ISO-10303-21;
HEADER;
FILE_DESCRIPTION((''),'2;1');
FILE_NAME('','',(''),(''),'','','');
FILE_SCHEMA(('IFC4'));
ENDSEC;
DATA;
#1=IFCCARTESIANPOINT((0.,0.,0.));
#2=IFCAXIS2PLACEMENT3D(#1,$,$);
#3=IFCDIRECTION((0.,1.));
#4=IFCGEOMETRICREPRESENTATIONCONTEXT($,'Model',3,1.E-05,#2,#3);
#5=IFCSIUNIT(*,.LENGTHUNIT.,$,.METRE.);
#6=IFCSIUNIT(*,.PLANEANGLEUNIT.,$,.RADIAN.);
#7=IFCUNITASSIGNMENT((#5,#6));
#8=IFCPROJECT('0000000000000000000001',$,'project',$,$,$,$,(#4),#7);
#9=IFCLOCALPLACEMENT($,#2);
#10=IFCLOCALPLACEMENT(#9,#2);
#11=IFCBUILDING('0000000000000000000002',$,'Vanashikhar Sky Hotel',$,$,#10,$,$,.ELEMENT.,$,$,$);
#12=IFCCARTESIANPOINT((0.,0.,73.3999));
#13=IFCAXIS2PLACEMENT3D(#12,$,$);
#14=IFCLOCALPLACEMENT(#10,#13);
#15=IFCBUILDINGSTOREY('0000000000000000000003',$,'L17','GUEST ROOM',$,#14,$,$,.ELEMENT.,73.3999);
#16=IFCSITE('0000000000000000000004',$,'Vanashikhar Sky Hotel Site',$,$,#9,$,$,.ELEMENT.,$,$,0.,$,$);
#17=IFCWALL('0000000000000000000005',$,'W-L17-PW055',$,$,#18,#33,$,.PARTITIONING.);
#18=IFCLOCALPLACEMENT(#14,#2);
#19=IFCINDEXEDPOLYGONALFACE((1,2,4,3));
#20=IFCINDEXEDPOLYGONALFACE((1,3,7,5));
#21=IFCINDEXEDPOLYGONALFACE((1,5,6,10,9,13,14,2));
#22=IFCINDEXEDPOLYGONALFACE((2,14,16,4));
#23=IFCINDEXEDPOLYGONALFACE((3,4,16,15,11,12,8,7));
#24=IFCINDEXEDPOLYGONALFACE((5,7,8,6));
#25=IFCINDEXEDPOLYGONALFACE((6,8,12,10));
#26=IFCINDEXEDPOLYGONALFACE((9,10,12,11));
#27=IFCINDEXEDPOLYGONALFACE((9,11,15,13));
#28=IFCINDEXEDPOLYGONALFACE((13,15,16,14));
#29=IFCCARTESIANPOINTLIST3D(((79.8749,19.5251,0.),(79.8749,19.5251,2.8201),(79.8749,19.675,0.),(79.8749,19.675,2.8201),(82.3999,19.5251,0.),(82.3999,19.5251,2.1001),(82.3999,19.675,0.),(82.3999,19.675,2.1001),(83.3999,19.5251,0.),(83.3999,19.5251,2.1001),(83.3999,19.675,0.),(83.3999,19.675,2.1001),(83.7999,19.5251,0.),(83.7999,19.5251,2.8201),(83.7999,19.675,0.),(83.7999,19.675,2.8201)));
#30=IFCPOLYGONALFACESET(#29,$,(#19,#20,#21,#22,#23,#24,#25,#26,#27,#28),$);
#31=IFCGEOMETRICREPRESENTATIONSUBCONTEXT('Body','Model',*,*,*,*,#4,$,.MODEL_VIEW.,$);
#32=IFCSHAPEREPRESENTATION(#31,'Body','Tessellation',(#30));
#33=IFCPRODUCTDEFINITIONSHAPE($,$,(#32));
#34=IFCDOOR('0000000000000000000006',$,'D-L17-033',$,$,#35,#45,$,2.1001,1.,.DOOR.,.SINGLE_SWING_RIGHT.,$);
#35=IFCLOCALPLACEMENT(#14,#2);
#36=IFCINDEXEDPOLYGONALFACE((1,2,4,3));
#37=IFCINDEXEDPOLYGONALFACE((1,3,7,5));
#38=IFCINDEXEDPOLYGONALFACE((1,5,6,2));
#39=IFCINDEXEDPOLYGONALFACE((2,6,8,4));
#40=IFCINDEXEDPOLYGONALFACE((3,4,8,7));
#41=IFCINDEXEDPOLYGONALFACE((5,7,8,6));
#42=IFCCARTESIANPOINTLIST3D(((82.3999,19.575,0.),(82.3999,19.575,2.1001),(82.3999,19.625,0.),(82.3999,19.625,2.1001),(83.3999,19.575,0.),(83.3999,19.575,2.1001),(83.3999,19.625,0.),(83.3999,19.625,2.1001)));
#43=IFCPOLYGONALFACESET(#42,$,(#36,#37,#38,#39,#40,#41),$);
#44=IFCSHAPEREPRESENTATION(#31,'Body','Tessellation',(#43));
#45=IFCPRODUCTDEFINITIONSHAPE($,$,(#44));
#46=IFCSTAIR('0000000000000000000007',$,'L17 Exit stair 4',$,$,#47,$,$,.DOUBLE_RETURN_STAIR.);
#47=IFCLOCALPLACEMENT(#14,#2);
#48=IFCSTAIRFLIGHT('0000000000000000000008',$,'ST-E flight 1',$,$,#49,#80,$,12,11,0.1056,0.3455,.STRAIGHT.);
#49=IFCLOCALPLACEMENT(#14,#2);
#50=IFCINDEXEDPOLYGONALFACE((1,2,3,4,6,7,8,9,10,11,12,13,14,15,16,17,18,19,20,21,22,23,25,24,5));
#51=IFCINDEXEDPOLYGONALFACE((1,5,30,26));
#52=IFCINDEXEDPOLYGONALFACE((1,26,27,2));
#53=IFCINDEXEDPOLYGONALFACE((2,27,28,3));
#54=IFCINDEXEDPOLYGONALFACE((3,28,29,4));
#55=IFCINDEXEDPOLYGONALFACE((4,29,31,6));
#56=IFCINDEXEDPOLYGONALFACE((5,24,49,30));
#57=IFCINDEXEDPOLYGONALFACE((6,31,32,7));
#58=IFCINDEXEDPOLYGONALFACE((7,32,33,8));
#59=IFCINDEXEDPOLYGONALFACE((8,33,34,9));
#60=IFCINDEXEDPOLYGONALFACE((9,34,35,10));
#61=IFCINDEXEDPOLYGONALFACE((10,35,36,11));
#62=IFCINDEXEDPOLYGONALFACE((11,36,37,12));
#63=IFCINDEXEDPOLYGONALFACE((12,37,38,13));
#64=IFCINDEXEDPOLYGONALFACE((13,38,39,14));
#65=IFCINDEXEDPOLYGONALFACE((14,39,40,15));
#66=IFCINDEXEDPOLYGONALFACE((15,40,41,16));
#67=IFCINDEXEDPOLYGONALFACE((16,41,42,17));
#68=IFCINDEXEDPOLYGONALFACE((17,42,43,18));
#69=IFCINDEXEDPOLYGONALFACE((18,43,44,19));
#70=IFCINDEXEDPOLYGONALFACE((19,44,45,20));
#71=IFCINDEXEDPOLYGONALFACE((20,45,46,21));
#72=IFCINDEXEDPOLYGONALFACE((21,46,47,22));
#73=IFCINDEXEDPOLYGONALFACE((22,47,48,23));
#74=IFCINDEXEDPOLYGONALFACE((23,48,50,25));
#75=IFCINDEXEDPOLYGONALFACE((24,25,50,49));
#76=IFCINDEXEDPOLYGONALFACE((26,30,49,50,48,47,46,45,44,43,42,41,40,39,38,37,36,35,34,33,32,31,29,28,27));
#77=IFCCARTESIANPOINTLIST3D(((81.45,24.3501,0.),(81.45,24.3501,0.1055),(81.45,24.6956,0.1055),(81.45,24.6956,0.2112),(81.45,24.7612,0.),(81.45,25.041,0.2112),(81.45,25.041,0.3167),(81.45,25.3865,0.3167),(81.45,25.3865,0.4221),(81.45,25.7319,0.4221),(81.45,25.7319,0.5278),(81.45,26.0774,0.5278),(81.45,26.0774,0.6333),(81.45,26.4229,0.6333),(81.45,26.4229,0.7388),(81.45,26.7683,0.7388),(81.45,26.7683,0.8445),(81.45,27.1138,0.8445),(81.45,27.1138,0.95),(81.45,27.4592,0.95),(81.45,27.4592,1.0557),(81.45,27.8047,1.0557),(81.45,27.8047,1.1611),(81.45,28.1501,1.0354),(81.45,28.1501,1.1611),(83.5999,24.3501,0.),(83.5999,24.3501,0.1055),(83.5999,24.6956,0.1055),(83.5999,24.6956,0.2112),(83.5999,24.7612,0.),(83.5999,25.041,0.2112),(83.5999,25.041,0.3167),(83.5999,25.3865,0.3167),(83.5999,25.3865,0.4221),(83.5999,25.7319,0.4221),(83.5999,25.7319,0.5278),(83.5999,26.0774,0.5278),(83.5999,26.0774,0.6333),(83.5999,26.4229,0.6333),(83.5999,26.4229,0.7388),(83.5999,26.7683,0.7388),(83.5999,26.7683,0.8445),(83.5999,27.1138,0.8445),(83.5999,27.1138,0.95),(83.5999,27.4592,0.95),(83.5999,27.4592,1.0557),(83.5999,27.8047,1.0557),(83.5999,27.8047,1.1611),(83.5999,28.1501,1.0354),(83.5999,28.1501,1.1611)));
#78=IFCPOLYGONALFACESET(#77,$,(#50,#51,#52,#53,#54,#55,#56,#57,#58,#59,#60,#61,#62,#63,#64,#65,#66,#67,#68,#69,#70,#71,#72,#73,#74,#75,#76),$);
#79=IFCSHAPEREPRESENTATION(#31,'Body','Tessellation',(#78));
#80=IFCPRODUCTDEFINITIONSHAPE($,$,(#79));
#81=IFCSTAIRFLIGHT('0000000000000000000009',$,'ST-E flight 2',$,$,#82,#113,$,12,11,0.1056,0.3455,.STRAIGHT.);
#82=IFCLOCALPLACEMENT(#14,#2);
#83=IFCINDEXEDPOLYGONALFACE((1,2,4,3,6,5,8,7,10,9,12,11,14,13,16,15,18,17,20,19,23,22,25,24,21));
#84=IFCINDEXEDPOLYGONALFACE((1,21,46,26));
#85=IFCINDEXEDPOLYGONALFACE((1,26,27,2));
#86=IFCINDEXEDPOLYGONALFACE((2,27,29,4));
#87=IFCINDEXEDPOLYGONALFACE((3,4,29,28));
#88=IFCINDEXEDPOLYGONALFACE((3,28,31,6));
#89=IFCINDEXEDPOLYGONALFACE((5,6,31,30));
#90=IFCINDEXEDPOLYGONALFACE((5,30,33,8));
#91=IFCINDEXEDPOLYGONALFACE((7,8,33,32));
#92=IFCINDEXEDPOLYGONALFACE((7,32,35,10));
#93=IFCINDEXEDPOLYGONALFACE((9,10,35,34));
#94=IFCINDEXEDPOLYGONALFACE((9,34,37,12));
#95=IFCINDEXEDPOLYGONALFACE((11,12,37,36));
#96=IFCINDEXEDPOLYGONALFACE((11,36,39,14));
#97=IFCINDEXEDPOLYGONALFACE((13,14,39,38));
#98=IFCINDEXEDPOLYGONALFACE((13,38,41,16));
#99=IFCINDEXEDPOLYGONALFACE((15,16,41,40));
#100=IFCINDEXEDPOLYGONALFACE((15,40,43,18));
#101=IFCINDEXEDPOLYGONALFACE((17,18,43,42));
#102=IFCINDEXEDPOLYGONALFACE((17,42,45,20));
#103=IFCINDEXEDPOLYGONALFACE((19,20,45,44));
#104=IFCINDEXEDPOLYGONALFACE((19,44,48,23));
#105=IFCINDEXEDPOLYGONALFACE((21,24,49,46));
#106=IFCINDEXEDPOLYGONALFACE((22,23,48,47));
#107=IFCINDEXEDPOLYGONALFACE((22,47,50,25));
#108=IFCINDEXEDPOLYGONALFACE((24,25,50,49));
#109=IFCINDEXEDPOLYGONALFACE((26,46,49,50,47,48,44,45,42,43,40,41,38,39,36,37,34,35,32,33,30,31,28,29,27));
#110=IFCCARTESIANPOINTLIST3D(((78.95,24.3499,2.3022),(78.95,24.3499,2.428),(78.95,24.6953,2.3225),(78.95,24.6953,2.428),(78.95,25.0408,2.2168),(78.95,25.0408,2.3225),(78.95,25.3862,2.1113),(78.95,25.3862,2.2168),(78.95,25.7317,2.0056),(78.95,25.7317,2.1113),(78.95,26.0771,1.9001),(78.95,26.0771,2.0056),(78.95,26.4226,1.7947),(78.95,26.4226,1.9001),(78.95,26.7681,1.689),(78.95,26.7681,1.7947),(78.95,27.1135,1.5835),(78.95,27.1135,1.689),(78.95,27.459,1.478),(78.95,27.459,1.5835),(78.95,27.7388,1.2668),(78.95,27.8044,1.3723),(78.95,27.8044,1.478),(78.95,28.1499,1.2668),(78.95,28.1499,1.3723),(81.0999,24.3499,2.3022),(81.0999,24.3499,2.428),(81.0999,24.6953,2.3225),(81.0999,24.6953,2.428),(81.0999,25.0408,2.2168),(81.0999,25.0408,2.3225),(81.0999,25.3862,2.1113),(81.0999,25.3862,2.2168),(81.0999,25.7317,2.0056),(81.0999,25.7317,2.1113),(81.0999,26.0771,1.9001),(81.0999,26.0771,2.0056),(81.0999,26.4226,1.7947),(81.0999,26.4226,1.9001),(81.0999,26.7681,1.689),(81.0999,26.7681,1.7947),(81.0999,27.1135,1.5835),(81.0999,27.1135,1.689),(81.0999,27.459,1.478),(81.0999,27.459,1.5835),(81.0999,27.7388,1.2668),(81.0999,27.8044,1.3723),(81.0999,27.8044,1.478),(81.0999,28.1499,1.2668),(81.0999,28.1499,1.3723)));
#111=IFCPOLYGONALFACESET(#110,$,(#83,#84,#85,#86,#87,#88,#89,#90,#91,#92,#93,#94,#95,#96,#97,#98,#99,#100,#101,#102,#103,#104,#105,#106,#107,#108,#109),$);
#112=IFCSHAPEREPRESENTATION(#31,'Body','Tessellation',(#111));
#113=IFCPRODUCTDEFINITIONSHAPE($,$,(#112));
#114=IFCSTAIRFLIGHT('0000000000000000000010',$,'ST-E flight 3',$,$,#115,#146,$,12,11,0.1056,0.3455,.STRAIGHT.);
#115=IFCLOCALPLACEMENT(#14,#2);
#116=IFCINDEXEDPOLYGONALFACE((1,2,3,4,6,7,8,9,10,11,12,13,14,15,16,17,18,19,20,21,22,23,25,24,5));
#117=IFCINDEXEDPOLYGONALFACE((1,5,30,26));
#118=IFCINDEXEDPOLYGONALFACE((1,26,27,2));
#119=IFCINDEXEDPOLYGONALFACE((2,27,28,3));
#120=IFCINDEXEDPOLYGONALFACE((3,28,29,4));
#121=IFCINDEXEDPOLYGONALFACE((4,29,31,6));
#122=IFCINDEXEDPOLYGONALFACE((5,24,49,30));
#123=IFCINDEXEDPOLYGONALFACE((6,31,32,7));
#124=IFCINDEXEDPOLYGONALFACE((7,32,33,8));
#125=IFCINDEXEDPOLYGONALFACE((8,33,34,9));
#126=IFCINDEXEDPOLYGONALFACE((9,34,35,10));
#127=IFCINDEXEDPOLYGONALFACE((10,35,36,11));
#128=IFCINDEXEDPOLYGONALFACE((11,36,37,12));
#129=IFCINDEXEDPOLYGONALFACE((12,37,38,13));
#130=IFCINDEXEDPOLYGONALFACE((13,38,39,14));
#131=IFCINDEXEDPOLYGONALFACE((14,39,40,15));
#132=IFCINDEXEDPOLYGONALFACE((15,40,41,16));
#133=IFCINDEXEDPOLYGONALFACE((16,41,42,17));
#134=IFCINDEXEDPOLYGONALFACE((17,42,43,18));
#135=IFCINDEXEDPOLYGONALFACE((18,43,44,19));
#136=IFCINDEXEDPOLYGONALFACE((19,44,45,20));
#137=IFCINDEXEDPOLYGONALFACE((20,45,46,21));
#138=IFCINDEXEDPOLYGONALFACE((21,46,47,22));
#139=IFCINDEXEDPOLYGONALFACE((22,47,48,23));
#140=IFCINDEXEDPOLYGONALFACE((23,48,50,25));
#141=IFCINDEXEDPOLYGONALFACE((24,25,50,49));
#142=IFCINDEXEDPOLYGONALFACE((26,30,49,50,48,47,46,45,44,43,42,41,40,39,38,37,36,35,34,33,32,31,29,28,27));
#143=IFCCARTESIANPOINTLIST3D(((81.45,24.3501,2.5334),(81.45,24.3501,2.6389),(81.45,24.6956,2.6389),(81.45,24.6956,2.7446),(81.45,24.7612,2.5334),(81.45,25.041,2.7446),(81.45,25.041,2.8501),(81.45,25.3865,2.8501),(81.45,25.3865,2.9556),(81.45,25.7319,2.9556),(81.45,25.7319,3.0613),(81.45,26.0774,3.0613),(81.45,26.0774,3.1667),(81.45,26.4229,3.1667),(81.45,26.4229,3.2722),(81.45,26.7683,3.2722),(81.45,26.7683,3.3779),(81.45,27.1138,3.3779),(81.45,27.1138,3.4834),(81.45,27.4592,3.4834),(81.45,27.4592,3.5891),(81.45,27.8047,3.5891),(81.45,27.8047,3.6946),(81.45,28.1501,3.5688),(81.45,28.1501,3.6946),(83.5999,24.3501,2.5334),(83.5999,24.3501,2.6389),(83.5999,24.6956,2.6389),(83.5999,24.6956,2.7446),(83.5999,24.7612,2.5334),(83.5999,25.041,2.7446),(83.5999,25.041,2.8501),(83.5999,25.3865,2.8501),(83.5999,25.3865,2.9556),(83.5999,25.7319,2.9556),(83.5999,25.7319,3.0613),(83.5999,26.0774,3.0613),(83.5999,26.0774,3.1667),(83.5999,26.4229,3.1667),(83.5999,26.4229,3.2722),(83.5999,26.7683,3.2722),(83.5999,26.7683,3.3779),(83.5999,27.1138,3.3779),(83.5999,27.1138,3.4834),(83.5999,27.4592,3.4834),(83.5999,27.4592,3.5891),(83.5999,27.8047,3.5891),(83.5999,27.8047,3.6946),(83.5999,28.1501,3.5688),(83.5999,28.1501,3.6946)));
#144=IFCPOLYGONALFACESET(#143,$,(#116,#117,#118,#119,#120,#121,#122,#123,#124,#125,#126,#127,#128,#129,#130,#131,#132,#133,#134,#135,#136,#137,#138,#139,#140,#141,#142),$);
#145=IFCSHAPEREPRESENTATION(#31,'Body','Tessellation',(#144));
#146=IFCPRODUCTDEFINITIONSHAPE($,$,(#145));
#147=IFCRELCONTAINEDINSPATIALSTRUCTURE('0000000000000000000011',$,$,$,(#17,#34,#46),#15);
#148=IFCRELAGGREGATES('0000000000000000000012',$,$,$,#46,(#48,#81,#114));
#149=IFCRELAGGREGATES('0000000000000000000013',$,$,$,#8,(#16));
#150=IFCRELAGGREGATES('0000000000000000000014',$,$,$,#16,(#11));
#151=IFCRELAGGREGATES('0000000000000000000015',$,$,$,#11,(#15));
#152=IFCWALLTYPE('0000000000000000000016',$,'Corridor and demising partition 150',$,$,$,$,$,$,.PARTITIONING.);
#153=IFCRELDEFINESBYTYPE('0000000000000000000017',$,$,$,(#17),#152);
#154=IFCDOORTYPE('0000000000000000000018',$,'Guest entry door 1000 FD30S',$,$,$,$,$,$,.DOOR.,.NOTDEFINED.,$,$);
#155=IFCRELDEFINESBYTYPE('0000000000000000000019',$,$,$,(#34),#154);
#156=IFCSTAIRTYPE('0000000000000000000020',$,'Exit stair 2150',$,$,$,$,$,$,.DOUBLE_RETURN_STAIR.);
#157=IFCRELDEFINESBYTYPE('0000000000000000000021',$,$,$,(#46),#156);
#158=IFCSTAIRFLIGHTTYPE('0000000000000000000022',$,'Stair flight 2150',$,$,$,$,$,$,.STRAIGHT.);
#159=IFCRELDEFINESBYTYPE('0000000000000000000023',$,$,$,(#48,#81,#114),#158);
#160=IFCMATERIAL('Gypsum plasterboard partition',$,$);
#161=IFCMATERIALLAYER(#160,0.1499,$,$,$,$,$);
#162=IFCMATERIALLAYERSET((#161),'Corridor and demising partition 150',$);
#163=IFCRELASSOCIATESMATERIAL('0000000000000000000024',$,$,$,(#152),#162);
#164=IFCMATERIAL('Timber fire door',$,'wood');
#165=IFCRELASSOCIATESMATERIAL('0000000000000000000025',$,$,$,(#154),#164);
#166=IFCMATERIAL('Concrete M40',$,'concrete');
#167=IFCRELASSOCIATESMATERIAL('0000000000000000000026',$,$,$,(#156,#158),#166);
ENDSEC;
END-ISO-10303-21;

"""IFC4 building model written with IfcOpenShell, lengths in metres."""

from ifc_helpers import new_model, si_unit, direction, frame, frame_2d, origin, place, context, subcontext, project, spatial, polyline, rectangle, outline, extrude, source, transform, mapped, material, layer, layer_set, type_object, element, fill, aggregate, save


model = new_model("IFC4")

# Units and contexts
model_context = context("Model", 3, precision=1e-05, world=origin(), true_north=direction((0.0, 1.0)))
body_context = subcontext(model_context, "Body", "Model", "MODEL_VIEW")
ifc_project = project(units=[si_unit("LENGTHUNIT", "METRE"), si_unit("PLANEANGLEUNIT", "RADIAN")], contexts=[model_context])

# Site, building, storey
site_placement = place(None, origin())
site = spatial("IfcSite", under=ifc_project, at=site_placement, Name="Vanashikhar Sky Hotel Site", CompositionType="ELEMENT", RefElevation=0.0)
building_placement = place(site_placement, origin())
building = spatial("IfcBuilding", under=site, at=building_placement, Name="Vanashikhar Sky Hotel", CompositionType="ELEMENT")
storey_placement = place(building_placement, frame((0.0, 0.0, 73.3999)))
storey = spatial("IfcBuildingStorey", under=building, at=storey_placement, Name="L17", Description="GUEST ROOM", CompositionType="ELEMENT", Elevation=73.3999)

# Shared definitions
shared_shape_1 = source(origin(), body_context, "Body", "SweptSolid", [
    extrude(rectangle(XDim=1.0, YDim=2.1001, at=frame_2d((0.5, 1.05))), frame((0.0, 0.0249, 0.0), z_axis=(0.0, -1.0, 0.0), x_axis=(1.0, 0.0, 0.0)), (0.0, 0.0, 1.0), 0.05),
])

# Shared definitions
ifc_material_1 = material(Name="Concrete M40", Category="concrete")

# Wall, opening, door
ifc_material_2 = material(Name="Gypsum plasterboard partition")
ifc_layer_1 = layer(ifc_material_2, 0.1499)
ifc_layer_set_1 = layer_set([ifc_layer_1], Name="Corridor and demising partition 150")
wall_type_1 = type_object("IfcWallType", Name="Corridor and demising partition 150", PredefinedType="PARTITIONING", material=ifc_layer_set_1)
shared_shape_2 = source(origin(), body_context, "Body", "SweptSolid", [
    extrude(rectangle(XDim=3.925, YDim=0.1499, at=frame_2d((1.9624, 0.0))), origin(), (0.0, 0.0, 1.0), 2.8201),
])
wall_1_placement = place(storey_placement, frame((79.875, 19.6001, 0.0), z_axis=(0.0, 0.0, 1.0), x_axis=(1.0, 0.0, 0.0)))
wall_1 = element("IfcWall", 1, at=wall_1_placement, inside=storey, type_object=wall_type_1, Name="W-L17-PW055", PredefinedType="PARTITIONING", context=body_context, shape_type="MappedRepresentation", body=[
    mapped(shared_shape_2, transform((0.0, 0.0, 0.0), scale=1.0)),
])
shared_shape_3 = source(origin(), body_context, "Body", "SweptSolid", [
    extrude(rectangle(XDim=1.0, YDim=2.1001, at=frame_2d((0.5, 1.05))), frame((0.0, 0.085, 0.0), z_axis=(0.0, -1.0, 0.0), x_axis=(1.0, 0.0, 0.0)), (0.0, 0.0, 1.0), 0.1699),
])
opening_1_placement = place(wall_1_placement, frame((2.5249, 0.0, 0.0)))
opening_1 = element("IfcOpeningElement", 2, at=opening_1_placement, cuts=wall_1, PredefinedType="OPENING", context=body_context, shape_type="MappedRepresentation", body=[
    mapped(shared_shape_3, transform((0.0, 0.0, 0.0), scale=1.0)),
])
ifc_material_3 = material(Name="Timber fire door", Category="wood")
door_type_1 = type_object("IfcDoorType", Name="Guest entry door 1000 FD30S", OperationType="NOTDEFINED", PredefinedType="DOOR", material=ifc_material_3)
door_1_placement = place(opening_1_placement, origin())
door_1 = element("IfcDoor", 3, at=door_1_placement, inside=storey, type_object=door_type_1, Name="D-L17-033", OperationType="SINGLE_SWING_RIGHT", OverallHeight=2.1001, OverallWidth=1.0, PredefinedType="DOOR", context=body_context, shape_type="MappedRepresentation", body=[
    mapped(shared_shape_1, transform((0.0, 0.0, 0.0), scale=1.0)),
])
fill(opening_1, door_1)

# Stair, stair flights
stair_type = type_object("IfcStairType", Name="Exit stair 2150", PredefinedType="DOUBLE_RETURN_STAIR", material=ifc_material_1)
stair_placement = place(storey_placement, origin())
stair = element("IfcStair", 4, at=stair_placement, inside=storey, type_object=stair_type, Name="L17 Exit stair 4", PredefinedType="DOUBLE_RETURN_STAIR")
stair_flight_type = type_object("IfcStairFlightType", Name="Stair flight 2150", PredefinedType="STRAIGHT", material=ifc_material_1)
shared_shape_4 = source(origin(), body_context, "Body", "SweptSolid", [
    extrude(outline(polyline([(0.0, 0.0), (0.0, 0.1055), (0.3455, 0.1055), (0.3455, 0.2112), (0.6909, 0.2112), (0.6909, 0.3167), (1.0364, 0.3167), (1.0364, 0.4221), (1.3818, 0.4221), (1.3818, 0.5278), (1.7273, 0.5278), (1.7273, 0.6333), (2.0728, 0.6333), (2.0728, 0.7388), (2.4182, 0.7388), (2.4182, 0.8445), (2.7637, 0.8445), (2.7637, 0.95), (3.1091, 0.95), (3.1091, 1.0557), (3.4546, 1.0557), (3.4546, 1.1611), (3.8, 1.1611), (3.8, 1.2666), (3.8, 1.0354), (0.4111, 0.0), (0.0, 0.0)])), frame((0.0, 1.075, 0.0), z_axis=(0.0, -1.0, 0.0), x_axis=(1.0, 0.0, 0.0)), (0.0, 0.0, 1.0), 2.1499),
])
stair_flight_1_placement = place(storey_placement, frame((82.5249, 24.3501, 0.0), z_axis=(0.0, 0.0, 1.0), x_axis=(0.0, 1.0, 0.0)))
stair_flight_1 = element("IfcStairFlight", 5, at=stair_flight_1_placement, type_object=stair_flight_type, Name="ST-E flight 1", NumberOfRisers=12, NumberOfTreads=11, PredefinedType="STRAIGHT", RiserHeight=0.1056, TreadLength=0.3455, context=body_context, shape_type="MappedRepresentation", body=[
    mapped(shared_shape_4, transform((0.0, 0.0, 0.0), scale=1.0)),
])
stair_flight_2_placement = place(storey_placement, frame((80.0249, 28.1499, 1.2668), z_axis=(0.0, 0.0, 1.0), x_axis=(0.0, -1.0, 0.0)))
stair_flight_2 = element("IfcStairFlight", 6, at=stair_flight_2_placement, type_object=stair_flight_type, Name="ST-E flight 2", NumberOfRisers=12, NumberOfTreads=11, PredefinedType="STRAIGHT", RiserHeight=0.1056, TreadLength=0.3455, context=body_context, shape_type="MappedRepresentation", body=[
    mapped(shared_shape_4, transform((0.0, 0.0, 0.0), scale=1.0)),
])
stair_flight_3_placement = place(storey_placement, frame((82.5249, 24.3501, 2.5334), z_axis=(0.0, 0.0, 1.0), x_axis=(0.0, 1.0, 0.0)))
stair_flight_3 = element("IfcStairFlight", 7, at=stair_flight_3_placement, type_object=stair_flight_type, Name="ST-E flight 3", NumberOfRisers=12, NumberOfTreads=11, PredefinedType="STRAIGHT", RiserHeight=0.1056, TreadLength=0.3455, context=body_context, shape_type="MappedRepresentation", body=[
    mapped(shared_shape_4, transform((0.0, 0.0, 0.0), scale=1.0)),
])
aggregate(stair, [stair_flight_1, stair_flight_2, stair_flight_3])

save(model, "model.ifc")
